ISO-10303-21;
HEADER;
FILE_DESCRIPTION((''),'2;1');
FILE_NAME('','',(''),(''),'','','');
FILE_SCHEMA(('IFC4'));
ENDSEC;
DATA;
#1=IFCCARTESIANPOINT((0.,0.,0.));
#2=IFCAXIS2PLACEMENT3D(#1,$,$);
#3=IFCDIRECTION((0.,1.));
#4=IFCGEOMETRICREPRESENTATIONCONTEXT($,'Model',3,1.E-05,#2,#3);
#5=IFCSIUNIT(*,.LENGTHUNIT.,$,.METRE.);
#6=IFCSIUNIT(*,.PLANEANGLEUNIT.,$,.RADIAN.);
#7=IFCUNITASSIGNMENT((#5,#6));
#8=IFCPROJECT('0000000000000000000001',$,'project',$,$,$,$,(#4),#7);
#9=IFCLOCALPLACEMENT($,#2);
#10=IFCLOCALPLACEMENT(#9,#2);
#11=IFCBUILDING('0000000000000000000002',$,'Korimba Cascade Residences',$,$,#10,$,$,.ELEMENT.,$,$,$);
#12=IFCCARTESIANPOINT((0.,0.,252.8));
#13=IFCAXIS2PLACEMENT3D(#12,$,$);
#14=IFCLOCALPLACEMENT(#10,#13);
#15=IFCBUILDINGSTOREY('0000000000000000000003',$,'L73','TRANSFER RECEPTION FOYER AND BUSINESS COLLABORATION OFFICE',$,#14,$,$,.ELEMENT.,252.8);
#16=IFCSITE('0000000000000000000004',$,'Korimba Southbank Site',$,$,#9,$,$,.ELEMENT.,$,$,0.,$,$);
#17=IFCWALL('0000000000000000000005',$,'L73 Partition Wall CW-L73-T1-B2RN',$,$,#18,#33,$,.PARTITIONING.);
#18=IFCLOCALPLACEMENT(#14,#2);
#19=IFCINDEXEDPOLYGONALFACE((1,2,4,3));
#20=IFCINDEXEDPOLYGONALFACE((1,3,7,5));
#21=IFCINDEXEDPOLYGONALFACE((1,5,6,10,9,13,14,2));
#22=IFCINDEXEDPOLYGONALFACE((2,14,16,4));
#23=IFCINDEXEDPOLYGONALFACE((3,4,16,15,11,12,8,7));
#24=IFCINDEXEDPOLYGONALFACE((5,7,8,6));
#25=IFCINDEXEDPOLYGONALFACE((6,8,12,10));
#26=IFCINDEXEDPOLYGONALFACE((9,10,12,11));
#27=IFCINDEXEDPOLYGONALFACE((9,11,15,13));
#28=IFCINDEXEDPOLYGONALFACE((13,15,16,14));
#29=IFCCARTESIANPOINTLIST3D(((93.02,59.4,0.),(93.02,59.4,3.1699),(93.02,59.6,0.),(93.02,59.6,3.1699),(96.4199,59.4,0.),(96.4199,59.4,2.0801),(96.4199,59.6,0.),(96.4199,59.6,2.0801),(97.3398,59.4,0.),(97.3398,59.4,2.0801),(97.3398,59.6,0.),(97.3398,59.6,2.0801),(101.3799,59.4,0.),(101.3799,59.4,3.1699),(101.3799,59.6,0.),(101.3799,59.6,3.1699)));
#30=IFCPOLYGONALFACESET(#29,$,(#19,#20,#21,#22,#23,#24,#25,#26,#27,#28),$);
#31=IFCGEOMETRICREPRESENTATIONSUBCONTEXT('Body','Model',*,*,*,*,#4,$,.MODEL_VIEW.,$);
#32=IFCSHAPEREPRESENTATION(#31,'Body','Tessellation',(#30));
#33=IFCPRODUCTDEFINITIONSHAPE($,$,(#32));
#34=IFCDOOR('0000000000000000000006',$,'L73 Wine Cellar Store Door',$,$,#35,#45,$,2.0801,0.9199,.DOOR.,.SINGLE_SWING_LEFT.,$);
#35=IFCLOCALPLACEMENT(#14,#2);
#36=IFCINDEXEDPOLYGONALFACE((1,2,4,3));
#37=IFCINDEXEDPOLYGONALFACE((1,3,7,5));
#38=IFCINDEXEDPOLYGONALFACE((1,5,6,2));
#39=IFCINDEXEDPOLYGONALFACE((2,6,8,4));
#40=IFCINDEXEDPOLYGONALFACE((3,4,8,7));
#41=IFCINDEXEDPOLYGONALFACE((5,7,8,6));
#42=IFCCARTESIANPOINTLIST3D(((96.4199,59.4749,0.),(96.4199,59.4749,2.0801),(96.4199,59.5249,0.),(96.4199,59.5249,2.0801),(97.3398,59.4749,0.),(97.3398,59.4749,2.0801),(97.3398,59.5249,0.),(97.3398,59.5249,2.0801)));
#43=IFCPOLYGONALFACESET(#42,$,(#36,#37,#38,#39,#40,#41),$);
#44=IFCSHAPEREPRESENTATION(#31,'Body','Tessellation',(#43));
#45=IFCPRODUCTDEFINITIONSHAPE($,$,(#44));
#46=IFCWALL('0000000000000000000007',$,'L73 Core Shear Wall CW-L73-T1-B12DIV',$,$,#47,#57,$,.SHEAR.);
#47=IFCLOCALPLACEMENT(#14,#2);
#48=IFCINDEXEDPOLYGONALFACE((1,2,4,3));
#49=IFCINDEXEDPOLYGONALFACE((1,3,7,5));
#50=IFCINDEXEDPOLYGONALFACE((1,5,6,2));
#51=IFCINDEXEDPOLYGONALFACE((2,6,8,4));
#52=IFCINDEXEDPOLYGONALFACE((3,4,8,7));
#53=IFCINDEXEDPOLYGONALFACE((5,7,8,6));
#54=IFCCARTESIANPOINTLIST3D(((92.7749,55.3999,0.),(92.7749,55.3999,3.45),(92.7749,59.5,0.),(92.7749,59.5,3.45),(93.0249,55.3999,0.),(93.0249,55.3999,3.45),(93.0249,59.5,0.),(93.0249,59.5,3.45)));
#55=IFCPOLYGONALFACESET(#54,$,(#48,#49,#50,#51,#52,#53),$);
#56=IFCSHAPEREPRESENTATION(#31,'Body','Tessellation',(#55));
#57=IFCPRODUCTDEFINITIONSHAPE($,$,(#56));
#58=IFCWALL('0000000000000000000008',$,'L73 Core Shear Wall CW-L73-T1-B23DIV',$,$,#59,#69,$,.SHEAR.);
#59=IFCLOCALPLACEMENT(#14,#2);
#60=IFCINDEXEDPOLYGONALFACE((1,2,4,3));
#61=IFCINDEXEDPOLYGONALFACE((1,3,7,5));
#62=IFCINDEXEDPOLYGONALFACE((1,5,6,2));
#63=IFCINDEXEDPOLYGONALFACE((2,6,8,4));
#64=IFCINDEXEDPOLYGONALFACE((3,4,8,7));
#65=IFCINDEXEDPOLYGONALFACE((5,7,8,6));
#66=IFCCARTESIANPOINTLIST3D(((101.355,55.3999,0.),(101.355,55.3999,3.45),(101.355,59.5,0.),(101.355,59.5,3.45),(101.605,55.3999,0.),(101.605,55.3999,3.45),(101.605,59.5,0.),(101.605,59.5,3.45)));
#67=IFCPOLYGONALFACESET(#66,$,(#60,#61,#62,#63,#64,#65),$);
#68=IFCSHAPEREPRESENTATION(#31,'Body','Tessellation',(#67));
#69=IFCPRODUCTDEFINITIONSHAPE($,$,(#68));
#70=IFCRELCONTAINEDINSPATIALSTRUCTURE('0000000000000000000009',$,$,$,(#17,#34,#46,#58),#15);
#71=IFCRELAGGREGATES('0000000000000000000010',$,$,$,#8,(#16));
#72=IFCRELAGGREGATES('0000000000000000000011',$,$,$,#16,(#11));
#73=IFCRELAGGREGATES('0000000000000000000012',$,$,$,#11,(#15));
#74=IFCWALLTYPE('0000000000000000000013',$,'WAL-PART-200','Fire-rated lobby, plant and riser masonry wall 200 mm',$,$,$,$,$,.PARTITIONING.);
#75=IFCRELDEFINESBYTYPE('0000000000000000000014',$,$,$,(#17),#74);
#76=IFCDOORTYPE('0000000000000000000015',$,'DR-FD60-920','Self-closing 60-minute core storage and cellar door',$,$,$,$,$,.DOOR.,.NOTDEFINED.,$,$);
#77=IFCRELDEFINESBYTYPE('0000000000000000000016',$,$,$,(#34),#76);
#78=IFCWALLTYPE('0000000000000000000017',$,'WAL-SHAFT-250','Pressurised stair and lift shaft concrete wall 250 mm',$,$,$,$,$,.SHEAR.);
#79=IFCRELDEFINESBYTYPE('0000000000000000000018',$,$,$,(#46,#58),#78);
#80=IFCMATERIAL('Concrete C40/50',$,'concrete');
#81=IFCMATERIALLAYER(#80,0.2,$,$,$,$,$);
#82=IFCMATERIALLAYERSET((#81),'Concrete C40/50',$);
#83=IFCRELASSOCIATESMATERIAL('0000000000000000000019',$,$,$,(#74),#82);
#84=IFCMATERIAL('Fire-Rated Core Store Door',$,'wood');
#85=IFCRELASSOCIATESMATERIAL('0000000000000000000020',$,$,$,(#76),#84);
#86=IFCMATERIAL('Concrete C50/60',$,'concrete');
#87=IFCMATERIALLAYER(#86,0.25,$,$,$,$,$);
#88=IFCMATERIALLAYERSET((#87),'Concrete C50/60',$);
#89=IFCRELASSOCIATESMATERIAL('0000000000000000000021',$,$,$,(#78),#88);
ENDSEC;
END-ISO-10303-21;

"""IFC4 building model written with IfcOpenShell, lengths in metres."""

from ifc_helpers import new_model, si_unit, direction, frame, frame_2d, origin, place, context, subcontext, project, spatial, rectangle, extrude, material, layer, layer_set, type_object, element, fill, save


model = new_model("IFC4")

# Units and contexts
model_context = context("Model", 3, precision=1e-05, world=origin(), true_north=direction((0.0, 1.0)))
body_context = subcontext(model_context, "Body", "Model", "MODEL_VIEW")
ifc_project = project(units=[si_unit("LENGTHUNIT", "METRE"), si_unit("PLANEANGLEUNIT", "RADIAN")], contexts=[model_context])

# Site, building, storey
site_placement = place(None, origin())
site = spatial("IfcSite", under=ifc_project, at=site_placement, Name="Korimba Southbank Site", CompositionType="ELEMENT", RefElevation=0.0)
building_placement = place(site_placement, origin())
building = spatial("IfcBuilding", under=site, at=building_placement, Name="Korimba Cascade Residences", CompositionType="ELEMENT")
storey_placement = place(building_placement, frame((0.0, 0.0, 252.8)))
storey = spatial("IfcBuildingStorey", under=building, at=storey_placement, Name="L73", Description="TRANSFER RECEPTION FOYER AND BUSINESS COLLABORATION OFFICE", CompositionType="ELEMENT", Elevation=252.8)

# Shared definitions
ifc_material_1 = material(Name="Concrete C50/60", Category="concrete")

# Wall, opening, door
ifc_material_2 = material(Name="Concrete C40/50", Category="concrete")
ifc_layer_1 = layer(ifc_material_2, 0.2)
ifc_layer_set_1 = layer_set([ifc_layer_1], Name="Concrete C40/50")
wall_type_1 = type_object("IfcWallType", Name="WAL-PART-200", Description="Fire-rated lobby, plant and riser masonry wall 200 mm", PredefinedType="PARTITIONING", material=ifc_layer_set_1)
wall_1_placement = place(storey_placement, frame((93.02, 59.5, 0.0), z_axis=(0.0, 0.0, 1.0), x_axis=(1.0, 0.0, 0.0)))
wall_1 = element("IfcWall", 1, at=wall_1_placement, inside=storey, type_object=wall_type_1, Name="L73 Partition Wall CW-L73-T1-B2RN", PredefinedType="PARTITIONING", context=body_context, shape_type="SweptSolid", body=[
    extrude(rectangle(XDim=8.3599, YDim=0.2, at=frame_2d((4.1799, 0.0))), origin(), (0.0, 0.0, 1.0), 3.1699),
])
opening_1_placement = place(wall_1_placement, frame((3.3999, 0.0, 0.0)))
opening_1 = element("IfcOpeningElement", 2, at=opening_1_placement, cuts=wall_1, PredefinedType="OPENING", context=body_context, shape_type="SweptSolid", body=[
    extrude(rectangle(XDim=0.9199, YDim=2.0801, at=frame_2d((0.46, 1.04))), frame((0.0, 0.1099, 0.0), z_axis=(0.0, -1.0, 0.0), x_axis=(1.0, 0.0, 0.0)), (0.0, 0.0, 1.0), 0.22),
])
ifc_material_3 = material(Name="Fire-Rated Core Store Door", Category="wood")
door_type_1 = type_object("IfcDoorType", Name="DR-FD60-920", Description="Self-closing 60-minute core storage and cellar door", OperationType="NOTDEFINED", PredefinedType="DOOR", material=ifc_material_3)
door_1_placement = place(opening_1_placement, origin())
door_1 = element("IfcDoor", 3, at=door_1_placement, inside=storey, type_object=door_type_1, Name="L73 Wine Cellar Store Door", OperationType="SINGLE_SWING_LEFT", OverallHeight=2.0801, OverallWidth=0.9199, PredefinedType="DOOR", context=body_context, shape_type="SweptSolid", body=[
    extrude(rectangle(XDim=0.9199, YDim=2.0801, at=frame_2d((0.46, 1.04))), frame((0.0, 0.0249, 0.0), z_axis=(0.0, -1.0, 0.0), x_axis=(1.0, 0.0, 0.0)), (0.0, 0.0, 1.0), 0.05),
])
fill(opening_1, door_1)

# Walls
ifc_layer_2 = layer(ifc_material_1, 0.25)
ifc_layer_set_2 = layer_set([ifc_layer_2], Name="Concrete C50/60")
wall_type_2 = type_object("IfcWallType", Name="WAL-SHAFT-250", Description="Pressurised stair and lift shaft concrete wall 250 mm", PredefinedType="SHEAR", material=ifc_layer_set_2)
for number, where, z_axis, x_axis, name in (
    (4, (92.8999, 55.3999, 0.0), (0.0, 0.0, 1.0), (0.0, 1.0, 0.0), "L73 Core Shear Wall CW-L73-T1-B12DIV"),
    (5, (101.48, 55.3999, 0.0), (0.0, 0.0, 1.0), (0.0, 1.0, 0.0), "L73 Core Shear Wall CW-L73-T1-B23DIV"),
):
    element("IfcWall", number, at=place(storey_placement, frame(where, z_axis=z_axis, x_axis=x_axis)), inside=storey, type_object=wall_type_2, Name=name, PredefinedType="SHEAR", context=body_context, shape_type="SweptSolid", body=[
        extrude(rectangle(XDim=4.1001, YDim=0.25, at=frame_2d((2.05, 0.0))), origin(), (0.0, 0.0, 1.0), 3.45),
    ])

save(model, "model.ifc")
